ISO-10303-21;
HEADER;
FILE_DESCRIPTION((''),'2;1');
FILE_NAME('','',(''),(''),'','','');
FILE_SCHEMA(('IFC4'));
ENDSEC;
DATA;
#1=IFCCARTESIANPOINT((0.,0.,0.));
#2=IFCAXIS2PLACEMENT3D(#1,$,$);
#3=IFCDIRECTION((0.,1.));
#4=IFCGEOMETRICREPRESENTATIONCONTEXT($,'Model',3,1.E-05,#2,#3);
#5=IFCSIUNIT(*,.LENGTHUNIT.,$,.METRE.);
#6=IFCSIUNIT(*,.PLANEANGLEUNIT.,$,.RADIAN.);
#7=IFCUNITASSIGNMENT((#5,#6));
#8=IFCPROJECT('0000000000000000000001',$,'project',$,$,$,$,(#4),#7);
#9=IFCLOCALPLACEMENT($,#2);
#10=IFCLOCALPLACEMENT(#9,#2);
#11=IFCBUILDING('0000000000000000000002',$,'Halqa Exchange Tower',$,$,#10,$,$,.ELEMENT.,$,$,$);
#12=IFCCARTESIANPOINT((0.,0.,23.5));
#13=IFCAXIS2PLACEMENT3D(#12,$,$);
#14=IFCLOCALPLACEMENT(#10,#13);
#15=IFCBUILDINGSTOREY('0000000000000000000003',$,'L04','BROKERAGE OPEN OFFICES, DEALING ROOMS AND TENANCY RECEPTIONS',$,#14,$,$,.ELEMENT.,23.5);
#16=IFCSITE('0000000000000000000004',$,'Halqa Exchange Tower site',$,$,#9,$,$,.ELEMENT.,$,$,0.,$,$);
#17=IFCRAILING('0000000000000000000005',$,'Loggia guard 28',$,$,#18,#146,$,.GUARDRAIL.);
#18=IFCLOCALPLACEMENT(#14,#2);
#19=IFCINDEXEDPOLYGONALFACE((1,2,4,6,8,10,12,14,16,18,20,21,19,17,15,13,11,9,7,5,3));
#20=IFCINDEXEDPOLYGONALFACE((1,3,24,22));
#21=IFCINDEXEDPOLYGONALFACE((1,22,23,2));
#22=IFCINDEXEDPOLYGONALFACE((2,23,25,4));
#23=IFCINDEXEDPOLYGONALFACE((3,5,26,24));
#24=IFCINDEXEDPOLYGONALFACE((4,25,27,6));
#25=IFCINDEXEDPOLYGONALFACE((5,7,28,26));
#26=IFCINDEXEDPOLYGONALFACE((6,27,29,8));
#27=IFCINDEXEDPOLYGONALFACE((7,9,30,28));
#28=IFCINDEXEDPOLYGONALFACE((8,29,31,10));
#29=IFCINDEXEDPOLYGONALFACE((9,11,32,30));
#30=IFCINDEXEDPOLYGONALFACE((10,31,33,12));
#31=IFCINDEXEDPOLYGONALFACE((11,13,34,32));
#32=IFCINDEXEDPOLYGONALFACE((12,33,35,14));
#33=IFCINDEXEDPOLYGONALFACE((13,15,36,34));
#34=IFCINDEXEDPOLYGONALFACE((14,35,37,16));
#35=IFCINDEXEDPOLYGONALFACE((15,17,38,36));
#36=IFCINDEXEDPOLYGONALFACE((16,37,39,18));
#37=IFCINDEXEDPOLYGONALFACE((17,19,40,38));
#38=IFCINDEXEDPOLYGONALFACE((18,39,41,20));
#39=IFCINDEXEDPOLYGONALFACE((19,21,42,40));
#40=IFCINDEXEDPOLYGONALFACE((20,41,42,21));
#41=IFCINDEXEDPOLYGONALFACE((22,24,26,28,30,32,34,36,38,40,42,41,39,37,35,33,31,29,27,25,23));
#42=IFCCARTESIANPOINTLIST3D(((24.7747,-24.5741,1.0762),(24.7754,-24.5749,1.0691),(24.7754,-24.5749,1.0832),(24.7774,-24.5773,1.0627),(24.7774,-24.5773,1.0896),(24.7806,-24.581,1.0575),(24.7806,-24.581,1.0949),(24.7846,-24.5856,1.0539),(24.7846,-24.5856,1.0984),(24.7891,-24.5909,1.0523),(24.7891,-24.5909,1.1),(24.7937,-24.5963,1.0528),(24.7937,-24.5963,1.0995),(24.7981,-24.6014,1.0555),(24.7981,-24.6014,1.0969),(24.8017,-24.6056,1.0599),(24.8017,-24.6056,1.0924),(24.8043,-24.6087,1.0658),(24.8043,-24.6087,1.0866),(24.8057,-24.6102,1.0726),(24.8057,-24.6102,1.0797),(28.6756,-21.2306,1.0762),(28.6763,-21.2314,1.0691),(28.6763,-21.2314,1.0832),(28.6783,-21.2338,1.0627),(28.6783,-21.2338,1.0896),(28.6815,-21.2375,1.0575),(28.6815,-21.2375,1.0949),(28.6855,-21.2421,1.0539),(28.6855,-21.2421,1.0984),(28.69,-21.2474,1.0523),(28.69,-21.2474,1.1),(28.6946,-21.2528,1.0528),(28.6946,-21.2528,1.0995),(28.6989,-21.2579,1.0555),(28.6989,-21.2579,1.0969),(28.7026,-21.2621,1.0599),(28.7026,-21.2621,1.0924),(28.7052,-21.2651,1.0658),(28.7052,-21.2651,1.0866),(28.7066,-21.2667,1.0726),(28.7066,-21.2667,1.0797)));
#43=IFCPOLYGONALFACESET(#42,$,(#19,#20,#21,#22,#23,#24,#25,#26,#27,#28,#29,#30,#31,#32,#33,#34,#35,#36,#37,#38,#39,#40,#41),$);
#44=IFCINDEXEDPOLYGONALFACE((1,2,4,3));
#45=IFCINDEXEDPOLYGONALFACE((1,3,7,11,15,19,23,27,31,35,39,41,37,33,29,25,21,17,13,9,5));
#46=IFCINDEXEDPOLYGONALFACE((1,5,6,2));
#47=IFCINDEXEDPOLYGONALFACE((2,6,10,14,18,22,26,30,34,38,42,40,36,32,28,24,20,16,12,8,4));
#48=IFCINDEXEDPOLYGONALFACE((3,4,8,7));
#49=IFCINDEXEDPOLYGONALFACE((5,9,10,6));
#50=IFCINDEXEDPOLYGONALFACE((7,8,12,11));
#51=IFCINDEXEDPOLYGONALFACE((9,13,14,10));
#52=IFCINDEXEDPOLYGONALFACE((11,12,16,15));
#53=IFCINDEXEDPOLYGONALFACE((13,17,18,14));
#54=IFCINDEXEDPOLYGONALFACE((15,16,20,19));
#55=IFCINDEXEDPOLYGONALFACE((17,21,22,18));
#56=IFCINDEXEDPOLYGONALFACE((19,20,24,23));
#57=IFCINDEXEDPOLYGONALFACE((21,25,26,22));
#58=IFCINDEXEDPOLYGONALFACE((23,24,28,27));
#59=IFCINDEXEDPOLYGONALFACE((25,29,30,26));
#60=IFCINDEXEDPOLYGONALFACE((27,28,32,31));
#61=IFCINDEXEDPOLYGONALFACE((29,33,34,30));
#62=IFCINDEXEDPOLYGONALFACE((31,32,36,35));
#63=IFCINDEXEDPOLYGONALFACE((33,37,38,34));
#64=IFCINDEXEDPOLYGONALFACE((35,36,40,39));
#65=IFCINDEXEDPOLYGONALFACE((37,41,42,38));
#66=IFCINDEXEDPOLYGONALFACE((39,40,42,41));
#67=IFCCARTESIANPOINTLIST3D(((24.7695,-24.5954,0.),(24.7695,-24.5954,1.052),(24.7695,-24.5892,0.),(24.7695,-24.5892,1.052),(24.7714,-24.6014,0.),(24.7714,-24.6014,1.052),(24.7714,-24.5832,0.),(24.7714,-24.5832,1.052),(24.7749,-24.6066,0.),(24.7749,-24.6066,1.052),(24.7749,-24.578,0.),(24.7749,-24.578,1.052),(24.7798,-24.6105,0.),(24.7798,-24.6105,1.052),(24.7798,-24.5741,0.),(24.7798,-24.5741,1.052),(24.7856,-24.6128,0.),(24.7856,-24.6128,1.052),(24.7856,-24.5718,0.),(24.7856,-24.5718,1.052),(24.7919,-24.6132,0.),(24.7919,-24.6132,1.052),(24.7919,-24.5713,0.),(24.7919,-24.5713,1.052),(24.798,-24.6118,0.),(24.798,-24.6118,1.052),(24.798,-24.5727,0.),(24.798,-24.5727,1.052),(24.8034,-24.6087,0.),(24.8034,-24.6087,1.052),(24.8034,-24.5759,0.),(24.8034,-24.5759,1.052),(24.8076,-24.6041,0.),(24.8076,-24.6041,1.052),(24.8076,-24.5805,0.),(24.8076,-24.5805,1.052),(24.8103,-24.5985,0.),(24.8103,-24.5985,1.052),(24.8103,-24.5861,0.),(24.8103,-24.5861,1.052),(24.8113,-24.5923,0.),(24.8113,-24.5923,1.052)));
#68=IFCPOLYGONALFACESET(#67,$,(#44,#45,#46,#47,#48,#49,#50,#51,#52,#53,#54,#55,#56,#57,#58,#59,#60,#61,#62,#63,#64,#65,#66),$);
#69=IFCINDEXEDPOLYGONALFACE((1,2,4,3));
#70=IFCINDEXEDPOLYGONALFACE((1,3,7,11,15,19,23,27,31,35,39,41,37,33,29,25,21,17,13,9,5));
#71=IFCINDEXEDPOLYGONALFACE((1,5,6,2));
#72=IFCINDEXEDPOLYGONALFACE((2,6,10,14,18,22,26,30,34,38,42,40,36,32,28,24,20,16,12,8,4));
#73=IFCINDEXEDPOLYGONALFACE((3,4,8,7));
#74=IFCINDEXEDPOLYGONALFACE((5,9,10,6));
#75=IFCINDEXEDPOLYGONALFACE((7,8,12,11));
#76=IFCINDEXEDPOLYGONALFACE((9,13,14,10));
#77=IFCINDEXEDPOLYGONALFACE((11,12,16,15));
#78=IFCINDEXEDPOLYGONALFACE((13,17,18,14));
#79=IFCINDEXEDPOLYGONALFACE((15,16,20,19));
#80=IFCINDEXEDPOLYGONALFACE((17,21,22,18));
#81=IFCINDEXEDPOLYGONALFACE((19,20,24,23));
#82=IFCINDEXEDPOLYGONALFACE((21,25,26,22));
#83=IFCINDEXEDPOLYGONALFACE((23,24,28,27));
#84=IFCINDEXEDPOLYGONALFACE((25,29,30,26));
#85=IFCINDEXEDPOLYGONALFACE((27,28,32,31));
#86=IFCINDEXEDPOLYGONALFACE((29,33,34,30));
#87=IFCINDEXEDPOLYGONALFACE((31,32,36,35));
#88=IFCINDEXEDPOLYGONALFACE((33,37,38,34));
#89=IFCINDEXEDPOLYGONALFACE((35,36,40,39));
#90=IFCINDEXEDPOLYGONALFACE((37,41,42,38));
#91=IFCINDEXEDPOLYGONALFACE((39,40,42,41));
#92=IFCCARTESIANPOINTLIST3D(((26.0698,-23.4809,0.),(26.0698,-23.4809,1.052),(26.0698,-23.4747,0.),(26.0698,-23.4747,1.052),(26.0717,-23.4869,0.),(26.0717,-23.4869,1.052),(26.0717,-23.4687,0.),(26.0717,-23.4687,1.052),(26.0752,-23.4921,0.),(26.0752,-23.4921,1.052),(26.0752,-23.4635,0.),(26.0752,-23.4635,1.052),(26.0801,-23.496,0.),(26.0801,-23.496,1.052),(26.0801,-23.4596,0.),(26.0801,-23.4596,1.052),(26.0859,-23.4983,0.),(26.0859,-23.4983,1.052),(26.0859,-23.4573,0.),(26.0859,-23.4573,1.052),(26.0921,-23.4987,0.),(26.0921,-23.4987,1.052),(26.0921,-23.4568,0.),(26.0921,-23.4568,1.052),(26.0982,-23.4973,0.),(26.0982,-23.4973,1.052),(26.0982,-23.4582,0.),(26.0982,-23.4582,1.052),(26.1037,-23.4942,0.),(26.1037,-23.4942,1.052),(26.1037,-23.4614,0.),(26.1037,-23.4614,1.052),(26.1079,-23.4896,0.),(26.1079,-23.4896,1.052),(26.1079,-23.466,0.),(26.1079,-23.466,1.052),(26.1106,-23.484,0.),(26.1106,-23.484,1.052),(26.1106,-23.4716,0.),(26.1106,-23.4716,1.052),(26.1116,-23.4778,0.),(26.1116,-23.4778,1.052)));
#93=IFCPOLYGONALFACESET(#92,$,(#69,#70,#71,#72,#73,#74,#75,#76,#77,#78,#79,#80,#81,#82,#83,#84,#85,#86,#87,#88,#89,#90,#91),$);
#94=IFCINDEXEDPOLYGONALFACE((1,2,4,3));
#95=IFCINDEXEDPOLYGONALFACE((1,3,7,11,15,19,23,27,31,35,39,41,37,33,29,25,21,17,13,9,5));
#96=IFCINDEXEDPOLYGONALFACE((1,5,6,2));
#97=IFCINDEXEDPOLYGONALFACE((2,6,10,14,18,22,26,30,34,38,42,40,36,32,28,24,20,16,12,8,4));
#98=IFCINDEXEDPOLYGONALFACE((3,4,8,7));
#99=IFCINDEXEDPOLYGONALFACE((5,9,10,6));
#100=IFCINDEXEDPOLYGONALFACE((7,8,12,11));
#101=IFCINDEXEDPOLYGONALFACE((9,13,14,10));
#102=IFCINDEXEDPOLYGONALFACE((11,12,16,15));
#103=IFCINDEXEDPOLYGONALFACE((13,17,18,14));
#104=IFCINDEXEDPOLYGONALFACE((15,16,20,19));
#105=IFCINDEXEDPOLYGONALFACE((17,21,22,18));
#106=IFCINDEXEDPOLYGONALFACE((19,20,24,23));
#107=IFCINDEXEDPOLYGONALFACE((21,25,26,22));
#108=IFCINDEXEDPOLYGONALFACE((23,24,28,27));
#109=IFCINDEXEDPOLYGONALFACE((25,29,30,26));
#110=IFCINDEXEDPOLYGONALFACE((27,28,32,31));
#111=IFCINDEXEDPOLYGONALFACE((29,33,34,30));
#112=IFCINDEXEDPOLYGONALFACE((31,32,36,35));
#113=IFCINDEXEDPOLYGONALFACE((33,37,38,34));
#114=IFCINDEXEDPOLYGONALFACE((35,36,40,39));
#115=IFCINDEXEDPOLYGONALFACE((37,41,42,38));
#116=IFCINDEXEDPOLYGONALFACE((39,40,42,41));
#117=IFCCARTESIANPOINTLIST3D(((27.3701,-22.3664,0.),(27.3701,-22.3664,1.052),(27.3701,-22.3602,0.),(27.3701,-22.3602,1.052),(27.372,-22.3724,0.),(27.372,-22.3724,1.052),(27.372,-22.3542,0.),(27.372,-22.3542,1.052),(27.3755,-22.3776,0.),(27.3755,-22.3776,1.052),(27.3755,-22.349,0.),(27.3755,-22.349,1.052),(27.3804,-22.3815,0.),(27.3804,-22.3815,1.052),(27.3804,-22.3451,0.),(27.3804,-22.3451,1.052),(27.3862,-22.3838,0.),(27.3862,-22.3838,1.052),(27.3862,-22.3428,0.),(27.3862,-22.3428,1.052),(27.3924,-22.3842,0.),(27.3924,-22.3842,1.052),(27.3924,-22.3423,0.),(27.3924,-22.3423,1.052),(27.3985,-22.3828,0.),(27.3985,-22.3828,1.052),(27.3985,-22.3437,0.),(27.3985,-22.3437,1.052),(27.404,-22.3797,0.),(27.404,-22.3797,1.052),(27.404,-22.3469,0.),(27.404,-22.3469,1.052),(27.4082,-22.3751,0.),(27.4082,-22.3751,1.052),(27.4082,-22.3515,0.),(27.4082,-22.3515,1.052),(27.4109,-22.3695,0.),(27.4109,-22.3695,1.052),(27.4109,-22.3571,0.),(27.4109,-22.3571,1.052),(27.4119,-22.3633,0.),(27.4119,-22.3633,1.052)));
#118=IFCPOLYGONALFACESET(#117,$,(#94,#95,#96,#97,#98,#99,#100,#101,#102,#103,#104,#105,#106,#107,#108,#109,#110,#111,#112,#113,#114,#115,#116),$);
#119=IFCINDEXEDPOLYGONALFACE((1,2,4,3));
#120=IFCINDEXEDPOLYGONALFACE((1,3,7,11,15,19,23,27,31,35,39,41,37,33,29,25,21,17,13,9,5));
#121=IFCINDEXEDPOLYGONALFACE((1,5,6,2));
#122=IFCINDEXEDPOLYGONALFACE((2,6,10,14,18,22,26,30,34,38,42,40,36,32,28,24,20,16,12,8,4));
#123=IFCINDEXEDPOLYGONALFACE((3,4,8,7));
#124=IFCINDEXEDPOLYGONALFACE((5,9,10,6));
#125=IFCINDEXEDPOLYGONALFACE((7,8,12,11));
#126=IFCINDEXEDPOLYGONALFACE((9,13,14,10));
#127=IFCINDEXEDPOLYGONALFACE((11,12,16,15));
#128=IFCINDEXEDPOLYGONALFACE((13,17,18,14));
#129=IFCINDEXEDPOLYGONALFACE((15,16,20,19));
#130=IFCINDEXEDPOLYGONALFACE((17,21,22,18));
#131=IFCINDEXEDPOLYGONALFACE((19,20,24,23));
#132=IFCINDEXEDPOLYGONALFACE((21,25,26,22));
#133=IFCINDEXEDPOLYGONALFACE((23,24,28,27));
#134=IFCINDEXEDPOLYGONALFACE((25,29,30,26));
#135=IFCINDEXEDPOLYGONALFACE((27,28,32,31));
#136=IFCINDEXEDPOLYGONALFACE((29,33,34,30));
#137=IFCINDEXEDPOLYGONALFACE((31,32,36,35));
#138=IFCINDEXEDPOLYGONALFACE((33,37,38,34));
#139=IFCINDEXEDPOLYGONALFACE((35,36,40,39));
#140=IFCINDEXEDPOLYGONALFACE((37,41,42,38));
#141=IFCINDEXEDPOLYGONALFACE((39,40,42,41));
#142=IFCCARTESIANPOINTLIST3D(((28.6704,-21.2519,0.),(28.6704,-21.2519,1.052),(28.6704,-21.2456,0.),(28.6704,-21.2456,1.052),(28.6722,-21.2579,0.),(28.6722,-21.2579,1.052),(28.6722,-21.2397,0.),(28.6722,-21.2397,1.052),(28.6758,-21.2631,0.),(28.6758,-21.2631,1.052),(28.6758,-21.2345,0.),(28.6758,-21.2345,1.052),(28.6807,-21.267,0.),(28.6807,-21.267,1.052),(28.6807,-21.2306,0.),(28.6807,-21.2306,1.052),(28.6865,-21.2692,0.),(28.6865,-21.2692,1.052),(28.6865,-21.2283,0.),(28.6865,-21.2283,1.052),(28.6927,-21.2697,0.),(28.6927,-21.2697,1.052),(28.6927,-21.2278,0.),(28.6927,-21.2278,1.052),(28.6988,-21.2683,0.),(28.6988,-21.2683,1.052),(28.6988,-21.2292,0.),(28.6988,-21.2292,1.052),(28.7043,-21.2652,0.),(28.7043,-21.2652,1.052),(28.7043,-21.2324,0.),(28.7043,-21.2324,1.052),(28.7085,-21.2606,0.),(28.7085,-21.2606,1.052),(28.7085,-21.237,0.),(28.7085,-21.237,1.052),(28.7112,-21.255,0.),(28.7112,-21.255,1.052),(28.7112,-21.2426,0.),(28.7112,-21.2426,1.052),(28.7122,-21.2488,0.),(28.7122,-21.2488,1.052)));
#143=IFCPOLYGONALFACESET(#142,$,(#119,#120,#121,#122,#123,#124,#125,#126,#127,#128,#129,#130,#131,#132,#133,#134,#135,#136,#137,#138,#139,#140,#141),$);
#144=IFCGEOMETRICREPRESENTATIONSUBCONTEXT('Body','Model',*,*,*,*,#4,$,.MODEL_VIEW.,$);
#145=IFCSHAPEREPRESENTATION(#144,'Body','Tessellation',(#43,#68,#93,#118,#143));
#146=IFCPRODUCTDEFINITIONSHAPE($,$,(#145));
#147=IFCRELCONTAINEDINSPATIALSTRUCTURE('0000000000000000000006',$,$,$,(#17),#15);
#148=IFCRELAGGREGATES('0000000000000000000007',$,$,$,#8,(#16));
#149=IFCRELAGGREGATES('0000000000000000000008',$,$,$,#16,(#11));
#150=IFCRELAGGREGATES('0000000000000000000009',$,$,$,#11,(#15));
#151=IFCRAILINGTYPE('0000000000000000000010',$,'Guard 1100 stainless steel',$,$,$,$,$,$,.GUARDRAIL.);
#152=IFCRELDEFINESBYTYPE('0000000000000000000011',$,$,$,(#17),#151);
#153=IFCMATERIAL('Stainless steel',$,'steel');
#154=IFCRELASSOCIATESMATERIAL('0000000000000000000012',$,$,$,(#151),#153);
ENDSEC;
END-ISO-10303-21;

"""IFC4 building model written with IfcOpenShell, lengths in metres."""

from ifc_helpers import new_model, si_unit, direction, frame, origin, origin_2d, place, context, subcontext, project, spatial, circle, extrude, material, type_object, element, save


model = new_model("IFC4")

# Units and contexts
model_context = context("Model", 3, precision=1e-05, world=origin(), true_north=direction((0.0, 1.0)))
body_context = subcontext(model_context, "Body", "Model", "MODEL_VIEW")
ifc_project = project(units=[si_unit("LENGTHUNIT", "METRE"), si_unit("PLANEANGLEUNIT", "RADIAN")], contexts=[model_context])

# Site, building, storey
site_placement = place(None, origin())
site = spatial("IfcSite", under=ifc_project, at=site_placement, Name="Halqa Exchange Tower site", CompositionType="ELEMENT", RefElevation=0.0)
building_placement = place(site_placement, origin())
building = spatial("IfcBuilding", under=site, at=building_placement, Name="Halqa Exchange Tower", CompositionType="ELEMENT")
storey_placement = place(building_placement, frame((0.0, 0.0, 23.5)))
storey = spatial("IfcBuildingStorey", under=building, at=storey_placement, Name="L04", Description="BROKERAGE OPEN OFFICES, DEALING ROOMS AND TENANCY RECEPTIONS", CompositionType="ELEMENT", Elevation=23.5)

# Railing
ifc_material_1 = material(Name="Stainless steel", Category="steel")
railing_type = type_object("IfcRailingType", Name="Guard 1100 stainless steel", PredefinedType="GUARDRAIL", material=ifc_material_1)
railing_1_placement = place(storey_placement, frame((24.7903, -24.5923, 0.0)))
element("IfcRailing", 1, at=railing_1_placement, inside=storey, type_object=railing_type, Name="Loggia guard 28", PredefinedType="GUARDRAIL", context=body_context, shape_type="SweptSolid", body=[
    extrude(circle(Radius=0.0239, at=origin_2d()), frame((0.0, 0.0, 1.0762), z_axis=(0.759267, 0.65078, 0.0), x_axis=(-0.65078, 0.759267, 0.0)), (0.0, 0.0, 1.0), 5.1377),
    extrude(circle(Radius=0.021, at=origin_2d()), origin(), (0.0, 0.0, 1.0), 1.052),
    extrude(circle(Radius=0.021, at=origin_2d()), frame((1.3003, 1.1145, 0.0)), (0.0, 0.0, 1.0), 1.052),
    extrude(circle(Radius=0.021, at=origin_2d()), frame((2.6006, 2.229, 0.0)), (0.0, 0.0, 1.0), 1.052),
    extrude(circle(Radius=0.021, at=origin_2d()), frame((3.9009, 3.3435, 0.0)), (0.0, 0.0, 1.0), 1.052),
])

save(model, "model.ifc")
